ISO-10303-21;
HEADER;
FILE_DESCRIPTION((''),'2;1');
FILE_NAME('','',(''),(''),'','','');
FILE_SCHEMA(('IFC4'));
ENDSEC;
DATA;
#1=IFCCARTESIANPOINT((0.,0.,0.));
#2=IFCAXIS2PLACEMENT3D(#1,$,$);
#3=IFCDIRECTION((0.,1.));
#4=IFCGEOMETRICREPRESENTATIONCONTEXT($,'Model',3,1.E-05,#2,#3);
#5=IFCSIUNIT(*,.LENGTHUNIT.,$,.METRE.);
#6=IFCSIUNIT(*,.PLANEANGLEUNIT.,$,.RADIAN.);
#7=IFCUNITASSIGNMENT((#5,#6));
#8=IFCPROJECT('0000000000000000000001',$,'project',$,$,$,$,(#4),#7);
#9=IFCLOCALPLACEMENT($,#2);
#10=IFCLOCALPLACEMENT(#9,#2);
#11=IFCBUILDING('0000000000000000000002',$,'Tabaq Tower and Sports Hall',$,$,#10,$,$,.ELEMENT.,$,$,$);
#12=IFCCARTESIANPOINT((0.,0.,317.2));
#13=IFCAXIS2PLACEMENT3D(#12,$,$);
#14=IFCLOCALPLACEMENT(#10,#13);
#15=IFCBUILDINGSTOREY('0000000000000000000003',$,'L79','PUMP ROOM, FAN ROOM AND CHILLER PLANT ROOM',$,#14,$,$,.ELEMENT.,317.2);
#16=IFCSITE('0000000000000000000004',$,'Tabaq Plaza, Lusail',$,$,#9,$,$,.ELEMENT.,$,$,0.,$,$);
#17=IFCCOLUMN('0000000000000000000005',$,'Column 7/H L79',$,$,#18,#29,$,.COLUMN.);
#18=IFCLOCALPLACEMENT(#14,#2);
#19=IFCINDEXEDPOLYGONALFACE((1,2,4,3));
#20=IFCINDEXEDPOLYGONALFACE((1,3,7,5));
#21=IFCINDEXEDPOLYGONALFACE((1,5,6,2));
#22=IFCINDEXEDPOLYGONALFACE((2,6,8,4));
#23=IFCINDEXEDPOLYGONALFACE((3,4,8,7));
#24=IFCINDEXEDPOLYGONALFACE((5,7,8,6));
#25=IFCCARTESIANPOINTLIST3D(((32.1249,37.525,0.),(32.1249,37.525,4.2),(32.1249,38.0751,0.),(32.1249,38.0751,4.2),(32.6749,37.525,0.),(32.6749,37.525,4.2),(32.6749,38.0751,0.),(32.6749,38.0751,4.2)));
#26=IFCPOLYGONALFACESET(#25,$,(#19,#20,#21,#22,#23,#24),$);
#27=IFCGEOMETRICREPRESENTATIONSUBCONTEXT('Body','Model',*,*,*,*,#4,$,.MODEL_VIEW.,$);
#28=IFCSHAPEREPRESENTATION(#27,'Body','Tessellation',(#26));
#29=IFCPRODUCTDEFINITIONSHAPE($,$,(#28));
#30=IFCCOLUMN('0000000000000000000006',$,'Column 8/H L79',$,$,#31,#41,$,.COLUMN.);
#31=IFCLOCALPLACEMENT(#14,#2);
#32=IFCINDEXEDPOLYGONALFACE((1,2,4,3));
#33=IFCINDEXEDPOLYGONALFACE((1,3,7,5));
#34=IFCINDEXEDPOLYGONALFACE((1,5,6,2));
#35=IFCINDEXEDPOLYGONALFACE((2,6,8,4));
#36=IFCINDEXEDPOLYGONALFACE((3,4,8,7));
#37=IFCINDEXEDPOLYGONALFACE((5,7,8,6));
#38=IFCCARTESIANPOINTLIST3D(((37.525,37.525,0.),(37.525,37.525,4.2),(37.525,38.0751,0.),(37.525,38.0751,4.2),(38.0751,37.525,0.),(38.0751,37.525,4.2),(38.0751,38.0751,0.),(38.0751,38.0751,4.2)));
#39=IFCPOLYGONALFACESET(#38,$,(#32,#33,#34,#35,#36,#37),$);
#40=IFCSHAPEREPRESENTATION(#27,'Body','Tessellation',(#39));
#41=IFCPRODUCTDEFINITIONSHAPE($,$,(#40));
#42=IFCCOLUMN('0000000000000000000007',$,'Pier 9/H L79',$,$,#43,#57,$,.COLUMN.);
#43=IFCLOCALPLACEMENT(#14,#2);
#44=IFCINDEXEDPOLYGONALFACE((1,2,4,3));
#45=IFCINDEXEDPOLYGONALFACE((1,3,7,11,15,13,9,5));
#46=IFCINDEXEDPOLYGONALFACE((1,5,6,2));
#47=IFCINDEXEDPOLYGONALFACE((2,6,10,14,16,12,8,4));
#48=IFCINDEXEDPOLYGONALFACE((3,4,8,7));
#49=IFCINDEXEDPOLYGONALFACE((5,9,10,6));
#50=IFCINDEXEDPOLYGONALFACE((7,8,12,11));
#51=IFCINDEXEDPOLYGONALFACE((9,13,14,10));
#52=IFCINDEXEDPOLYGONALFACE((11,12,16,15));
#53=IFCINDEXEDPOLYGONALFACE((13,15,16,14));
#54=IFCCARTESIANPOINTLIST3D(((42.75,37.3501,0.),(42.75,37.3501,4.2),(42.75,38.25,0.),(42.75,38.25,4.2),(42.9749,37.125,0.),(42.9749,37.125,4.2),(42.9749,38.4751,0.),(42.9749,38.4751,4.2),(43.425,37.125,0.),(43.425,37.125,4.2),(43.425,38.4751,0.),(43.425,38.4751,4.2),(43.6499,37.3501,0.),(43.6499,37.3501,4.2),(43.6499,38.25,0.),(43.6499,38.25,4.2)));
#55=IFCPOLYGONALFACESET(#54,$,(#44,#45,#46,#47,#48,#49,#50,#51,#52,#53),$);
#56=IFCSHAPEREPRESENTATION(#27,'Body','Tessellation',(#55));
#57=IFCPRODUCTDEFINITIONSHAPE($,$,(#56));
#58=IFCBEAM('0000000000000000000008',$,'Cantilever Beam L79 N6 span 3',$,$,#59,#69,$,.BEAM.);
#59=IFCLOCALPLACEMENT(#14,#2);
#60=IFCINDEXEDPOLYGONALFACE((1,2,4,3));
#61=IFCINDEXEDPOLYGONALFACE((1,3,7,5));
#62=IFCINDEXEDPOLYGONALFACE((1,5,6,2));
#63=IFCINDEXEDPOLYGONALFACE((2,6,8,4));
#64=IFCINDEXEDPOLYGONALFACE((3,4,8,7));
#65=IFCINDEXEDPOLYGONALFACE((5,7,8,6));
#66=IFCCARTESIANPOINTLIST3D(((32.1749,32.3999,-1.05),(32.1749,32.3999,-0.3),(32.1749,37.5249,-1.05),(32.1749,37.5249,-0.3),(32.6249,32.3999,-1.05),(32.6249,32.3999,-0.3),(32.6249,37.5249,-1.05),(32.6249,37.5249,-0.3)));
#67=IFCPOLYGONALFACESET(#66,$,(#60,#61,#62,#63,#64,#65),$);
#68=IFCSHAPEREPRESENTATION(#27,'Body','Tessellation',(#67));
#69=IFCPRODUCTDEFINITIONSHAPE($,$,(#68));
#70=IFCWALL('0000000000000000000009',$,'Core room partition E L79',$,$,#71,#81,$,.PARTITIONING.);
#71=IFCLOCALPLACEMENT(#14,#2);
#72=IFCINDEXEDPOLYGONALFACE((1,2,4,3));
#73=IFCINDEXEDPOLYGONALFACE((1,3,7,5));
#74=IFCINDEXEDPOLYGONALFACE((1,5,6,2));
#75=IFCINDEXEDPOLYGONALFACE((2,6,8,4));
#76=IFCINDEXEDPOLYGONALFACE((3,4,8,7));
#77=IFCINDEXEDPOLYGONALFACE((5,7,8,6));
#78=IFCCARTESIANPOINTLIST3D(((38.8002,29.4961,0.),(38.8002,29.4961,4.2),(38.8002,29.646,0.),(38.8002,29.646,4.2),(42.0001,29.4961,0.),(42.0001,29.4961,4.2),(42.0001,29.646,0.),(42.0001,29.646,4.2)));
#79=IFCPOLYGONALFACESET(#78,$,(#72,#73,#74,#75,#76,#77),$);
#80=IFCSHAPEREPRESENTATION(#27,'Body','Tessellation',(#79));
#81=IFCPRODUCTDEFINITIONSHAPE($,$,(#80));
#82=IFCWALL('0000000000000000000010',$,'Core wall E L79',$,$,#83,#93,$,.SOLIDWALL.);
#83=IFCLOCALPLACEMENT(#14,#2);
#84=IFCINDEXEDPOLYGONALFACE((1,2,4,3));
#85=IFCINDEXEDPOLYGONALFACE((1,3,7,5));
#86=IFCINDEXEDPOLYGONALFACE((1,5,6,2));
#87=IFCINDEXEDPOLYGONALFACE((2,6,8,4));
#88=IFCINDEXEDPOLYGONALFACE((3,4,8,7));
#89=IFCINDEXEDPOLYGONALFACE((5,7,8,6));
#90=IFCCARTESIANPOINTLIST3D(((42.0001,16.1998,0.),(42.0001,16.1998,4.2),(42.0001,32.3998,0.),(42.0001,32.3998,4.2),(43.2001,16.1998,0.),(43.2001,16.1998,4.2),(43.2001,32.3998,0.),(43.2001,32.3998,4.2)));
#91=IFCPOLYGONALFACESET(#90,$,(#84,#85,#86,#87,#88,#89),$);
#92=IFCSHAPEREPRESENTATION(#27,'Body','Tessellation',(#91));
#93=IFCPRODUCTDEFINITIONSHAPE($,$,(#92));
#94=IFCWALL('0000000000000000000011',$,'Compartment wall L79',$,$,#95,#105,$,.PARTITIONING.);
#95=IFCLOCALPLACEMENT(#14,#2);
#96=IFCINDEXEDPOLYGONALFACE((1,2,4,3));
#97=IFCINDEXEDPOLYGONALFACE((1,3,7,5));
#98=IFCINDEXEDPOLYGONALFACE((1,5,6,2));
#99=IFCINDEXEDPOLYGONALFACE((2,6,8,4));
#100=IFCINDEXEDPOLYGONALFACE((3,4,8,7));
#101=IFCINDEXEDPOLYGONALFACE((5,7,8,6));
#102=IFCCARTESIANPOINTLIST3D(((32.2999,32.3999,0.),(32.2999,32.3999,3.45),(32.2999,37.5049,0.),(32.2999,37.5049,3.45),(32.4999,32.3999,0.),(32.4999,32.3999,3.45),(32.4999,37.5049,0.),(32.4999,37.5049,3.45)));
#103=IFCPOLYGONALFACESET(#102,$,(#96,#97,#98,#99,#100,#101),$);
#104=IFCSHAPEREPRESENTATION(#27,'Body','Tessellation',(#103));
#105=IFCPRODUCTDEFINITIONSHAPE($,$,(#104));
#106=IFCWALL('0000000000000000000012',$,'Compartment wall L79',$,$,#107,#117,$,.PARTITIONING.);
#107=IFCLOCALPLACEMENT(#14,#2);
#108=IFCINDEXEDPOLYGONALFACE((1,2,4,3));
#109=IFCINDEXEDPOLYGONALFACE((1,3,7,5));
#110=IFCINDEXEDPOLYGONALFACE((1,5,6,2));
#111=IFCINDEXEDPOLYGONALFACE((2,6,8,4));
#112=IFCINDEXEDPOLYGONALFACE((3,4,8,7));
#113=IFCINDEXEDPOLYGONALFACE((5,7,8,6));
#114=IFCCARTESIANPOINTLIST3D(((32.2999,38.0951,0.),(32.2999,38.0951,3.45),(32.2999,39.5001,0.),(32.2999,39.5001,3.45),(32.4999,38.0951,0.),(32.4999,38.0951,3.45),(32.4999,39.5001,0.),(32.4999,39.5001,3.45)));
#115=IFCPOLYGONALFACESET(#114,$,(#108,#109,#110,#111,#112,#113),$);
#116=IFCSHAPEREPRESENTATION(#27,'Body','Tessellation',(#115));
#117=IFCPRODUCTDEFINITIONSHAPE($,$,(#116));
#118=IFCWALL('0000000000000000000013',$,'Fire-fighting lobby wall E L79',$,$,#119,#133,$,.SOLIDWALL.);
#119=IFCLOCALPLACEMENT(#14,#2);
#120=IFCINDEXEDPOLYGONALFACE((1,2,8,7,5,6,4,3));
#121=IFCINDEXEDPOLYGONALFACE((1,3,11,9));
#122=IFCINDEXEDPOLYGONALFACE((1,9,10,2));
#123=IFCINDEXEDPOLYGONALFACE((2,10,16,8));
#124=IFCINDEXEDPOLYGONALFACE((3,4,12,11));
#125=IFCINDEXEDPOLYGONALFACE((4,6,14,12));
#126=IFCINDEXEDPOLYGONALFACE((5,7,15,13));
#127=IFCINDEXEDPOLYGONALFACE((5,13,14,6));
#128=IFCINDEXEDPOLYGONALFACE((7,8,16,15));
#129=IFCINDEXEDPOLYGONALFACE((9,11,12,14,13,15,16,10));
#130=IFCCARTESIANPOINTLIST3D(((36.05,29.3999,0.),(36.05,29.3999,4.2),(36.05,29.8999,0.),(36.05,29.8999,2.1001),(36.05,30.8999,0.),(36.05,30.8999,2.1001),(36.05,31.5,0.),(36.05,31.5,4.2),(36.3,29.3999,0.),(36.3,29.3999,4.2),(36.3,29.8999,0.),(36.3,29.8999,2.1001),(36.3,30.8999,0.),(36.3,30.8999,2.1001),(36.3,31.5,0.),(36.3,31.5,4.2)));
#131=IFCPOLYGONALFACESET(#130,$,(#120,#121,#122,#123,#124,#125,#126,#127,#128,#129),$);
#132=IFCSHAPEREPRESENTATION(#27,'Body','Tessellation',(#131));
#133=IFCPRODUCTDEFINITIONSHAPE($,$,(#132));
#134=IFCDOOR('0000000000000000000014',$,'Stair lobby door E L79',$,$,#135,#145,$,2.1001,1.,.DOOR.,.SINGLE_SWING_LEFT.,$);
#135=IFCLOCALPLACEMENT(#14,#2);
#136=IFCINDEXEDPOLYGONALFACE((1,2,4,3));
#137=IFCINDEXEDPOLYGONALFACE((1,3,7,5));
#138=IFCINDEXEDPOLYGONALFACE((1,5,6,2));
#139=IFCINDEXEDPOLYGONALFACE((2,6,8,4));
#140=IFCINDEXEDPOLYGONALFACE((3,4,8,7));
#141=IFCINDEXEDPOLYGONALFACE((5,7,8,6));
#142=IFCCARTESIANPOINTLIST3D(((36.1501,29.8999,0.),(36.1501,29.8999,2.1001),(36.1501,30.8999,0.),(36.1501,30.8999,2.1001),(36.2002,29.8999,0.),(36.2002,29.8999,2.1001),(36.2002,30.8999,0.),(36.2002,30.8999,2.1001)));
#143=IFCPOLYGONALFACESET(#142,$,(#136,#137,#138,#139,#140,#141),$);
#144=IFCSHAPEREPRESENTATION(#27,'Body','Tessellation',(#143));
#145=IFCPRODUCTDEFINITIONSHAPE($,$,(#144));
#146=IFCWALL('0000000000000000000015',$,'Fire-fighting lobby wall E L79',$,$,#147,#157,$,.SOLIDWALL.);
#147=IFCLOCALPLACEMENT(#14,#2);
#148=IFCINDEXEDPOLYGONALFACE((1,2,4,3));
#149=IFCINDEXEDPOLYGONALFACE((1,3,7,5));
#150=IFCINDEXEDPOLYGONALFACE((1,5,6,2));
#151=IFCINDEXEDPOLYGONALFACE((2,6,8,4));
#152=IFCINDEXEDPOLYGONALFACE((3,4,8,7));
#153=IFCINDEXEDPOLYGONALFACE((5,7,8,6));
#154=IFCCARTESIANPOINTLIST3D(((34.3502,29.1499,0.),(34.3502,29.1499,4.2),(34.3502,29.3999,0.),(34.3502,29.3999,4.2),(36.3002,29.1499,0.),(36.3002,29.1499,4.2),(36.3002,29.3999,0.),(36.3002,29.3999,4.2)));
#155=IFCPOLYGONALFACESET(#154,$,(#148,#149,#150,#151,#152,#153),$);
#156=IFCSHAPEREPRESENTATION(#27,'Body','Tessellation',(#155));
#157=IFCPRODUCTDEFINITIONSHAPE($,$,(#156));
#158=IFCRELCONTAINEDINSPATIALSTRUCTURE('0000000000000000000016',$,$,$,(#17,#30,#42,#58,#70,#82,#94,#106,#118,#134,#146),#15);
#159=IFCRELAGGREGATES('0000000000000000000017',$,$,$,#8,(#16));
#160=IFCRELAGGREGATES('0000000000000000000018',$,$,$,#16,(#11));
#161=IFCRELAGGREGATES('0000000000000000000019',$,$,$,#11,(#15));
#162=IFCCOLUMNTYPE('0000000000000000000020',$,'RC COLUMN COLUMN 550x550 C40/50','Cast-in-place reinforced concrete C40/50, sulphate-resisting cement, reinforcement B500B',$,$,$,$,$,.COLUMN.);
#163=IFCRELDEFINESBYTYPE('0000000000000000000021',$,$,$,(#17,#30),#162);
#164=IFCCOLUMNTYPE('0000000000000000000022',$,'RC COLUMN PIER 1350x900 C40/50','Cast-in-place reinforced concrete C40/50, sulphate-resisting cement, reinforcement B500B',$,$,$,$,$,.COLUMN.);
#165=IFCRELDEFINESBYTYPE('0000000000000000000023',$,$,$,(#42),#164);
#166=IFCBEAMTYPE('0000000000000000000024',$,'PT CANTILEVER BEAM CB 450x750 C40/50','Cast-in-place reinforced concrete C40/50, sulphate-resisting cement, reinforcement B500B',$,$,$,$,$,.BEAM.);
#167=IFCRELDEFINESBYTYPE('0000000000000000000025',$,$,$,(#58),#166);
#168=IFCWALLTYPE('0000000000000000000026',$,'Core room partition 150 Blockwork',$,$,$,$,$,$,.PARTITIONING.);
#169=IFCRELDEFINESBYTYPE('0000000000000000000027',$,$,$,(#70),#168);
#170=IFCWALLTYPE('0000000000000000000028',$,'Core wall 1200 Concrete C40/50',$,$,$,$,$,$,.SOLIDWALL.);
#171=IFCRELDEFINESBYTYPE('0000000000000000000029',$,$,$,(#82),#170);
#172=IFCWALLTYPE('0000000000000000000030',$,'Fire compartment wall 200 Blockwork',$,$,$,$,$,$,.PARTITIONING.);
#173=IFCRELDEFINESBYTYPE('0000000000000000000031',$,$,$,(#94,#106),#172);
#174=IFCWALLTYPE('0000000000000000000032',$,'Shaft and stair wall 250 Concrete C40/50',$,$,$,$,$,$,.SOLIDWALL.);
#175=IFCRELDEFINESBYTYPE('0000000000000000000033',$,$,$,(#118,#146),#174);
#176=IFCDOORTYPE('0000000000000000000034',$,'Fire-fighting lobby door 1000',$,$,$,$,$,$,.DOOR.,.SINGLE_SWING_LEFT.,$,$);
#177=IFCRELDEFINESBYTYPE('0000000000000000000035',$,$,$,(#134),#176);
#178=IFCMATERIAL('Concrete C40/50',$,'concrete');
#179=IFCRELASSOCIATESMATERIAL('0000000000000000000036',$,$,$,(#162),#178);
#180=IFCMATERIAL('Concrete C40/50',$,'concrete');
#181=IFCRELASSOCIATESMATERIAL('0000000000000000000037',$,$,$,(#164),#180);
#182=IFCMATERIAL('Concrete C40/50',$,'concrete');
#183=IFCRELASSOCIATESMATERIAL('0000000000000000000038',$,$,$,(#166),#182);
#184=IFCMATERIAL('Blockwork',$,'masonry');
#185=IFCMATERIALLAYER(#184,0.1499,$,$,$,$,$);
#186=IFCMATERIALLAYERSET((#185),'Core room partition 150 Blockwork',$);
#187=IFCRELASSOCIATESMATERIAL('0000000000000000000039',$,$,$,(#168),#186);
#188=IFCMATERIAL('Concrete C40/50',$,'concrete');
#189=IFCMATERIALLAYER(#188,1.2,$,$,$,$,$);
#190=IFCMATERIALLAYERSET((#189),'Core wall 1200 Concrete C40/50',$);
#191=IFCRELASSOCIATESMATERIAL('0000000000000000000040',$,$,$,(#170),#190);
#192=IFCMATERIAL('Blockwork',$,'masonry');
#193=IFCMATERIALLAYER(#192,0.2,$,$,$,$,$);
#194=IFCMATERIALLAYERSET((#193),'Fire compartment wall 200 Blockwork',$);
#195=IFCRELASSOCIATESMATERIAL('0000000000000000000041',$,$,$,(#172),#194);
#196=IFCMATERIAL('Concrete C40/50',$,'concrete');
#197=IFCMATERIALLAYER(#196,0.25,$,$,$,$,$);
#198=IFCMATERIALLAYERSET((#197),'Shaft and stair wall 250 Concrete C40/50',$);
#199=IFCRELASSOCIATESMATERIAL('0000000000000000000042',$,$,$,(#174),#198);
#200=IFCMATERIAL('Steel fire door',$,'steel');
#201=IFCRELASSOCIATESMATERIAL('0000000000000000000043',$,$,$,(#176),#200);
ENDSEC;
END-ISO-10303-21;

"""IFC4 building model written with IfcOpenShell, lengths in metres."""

from ifc_helpers import new_model, si_unit, direction, frame, frame_2d, origin, origin_2d, place, context, subcontext, project, spatial, polyline, rectangle, outline, extrude, material, layer, layer_set, material_profile, profile_set, type_object, element, fill, save


model = new_model("IFC4")

# Units and contexts
model_context = context("Model", 3, precision=1e-05, world=origin(), true_north=direction((0.0, 1.0)))
body_context = subcontext(model_context, "Body", "Model", "MODEL_VIEW")
ifc_project = project(units=[si_unit("LENGTHUNIT", "METRE"), si_unit("PLANEANGLEUNIT", "RADIAN")], contexts=[model_context])

# Site, building, storey
site_placement = place(None, origin())
site = spatial("IfcSite", under=ifc_project, at=site_placement, Name="Tabaq Plaza, Lusail", CompositionType="ELEMENT", RefElevation=0.0)
building_placement = place(site_placement, origin())
building = spatial("IfcBuilding", under=site, at=building_placement, Name="Tabaq Tower and Sports Hall", CompositionType="ELEMENT")
storey_placement = place(building_placement, frame((0.0, 0.0, 317.2)))
storey = spatial("IfcBuildingStorey", under=building, at=storey_placement, Name="L79", Description="PUMP ROOM, FAN ROOM AND CHILLER PLANT ROOM", CompositionType="ELEMENT", Elevation=317.2)

# Columns
ifc_material_1 = material(Name="Concrete C40/50", Category="concrete")
ifc_material_profile_1 = material_profile(ifc_material_1, rectangle(XDim=0.55, YDim=0.55, at=origin_2d()), Name="COLUMN 550x550")
ifc_profile_set_1 = profile_set([ifc_material_profile_1], Name="Concrete C40/50")
column_type_1 = type_object("IfcColumnType", Name="RC COLUMN COLUMN 550x550 C40/50", Description="Cast-in-place reinforced concrete C40/50, sulphate-resisting cement, reinforcement B500B", PredefinedType="COLUMN", material=ifc_profile_set_1)
for number, where, z_axis, x_axis, name in (
    (1, (32.3999, 37.8, 0.0), (0.0, 0.0, 1.0), (1.0, 0.0, 0.0), "Column 7/H L79"),
    (2, (37.8, 37.8, 0.0), (0.0, 0.0, 1.0), (1.0, 0.0, 0.0), "Column 8/H L79"),
):
    element("IfcColumn", number, at=place(storey_placement, frame(where, z_axis=z_axis, x_axis=x_axis)), inside=storey, type_object=column_type_1, Name=name, PredefinedType="COLUMN", context=body_context, shape_type="SweptSolid", body=[
        extrude(rectangle(XDim=0.55, YDim=0.55, at=origin_2d()), origin(), (0.0, 0.0, 1.0), 4.2),
    ])
ifc_material_2 = material(Name="Concrete C40/50", Category="concrete")
ifc_material_profile_2 = material_profile(ifc_material_2, outline(polyline([(-0.45, -0.45), (0.45, -0.45), (0.675, -0.2251), (0.675, 0.2251), (0.45, 0.45), (-0.45, 0.45), (-0.675, 0.2251), (-0.675, -0.2251), (-0.45, -0.45)])), Name="PIER 1350x900")
ifc_profile_set_2 = profile_set([ifc_material_profile_2], Name="Concrete C40/50")
column_type_2 = type_object("IfcColumnType", Name="RC COLUMN PIER 1350x900 C40/50", Description="Cast-in-place reinforced concrete C40/50, sulphate-resisting cement, reinforcement B500B", PredefinedType="COLUMN", material=ifc_profile_set_2)
column_placement = place(storey_placement, frame((43.2, 37.8, 0.0), z_axis=(0.0, 0.0, 1.0), x_axis=(0.0, 1.0, 0.0)))
element("IfcColumn", 3, at=column_placement, inside=storey, type_object=column_type_2, Name="Pier 9/H L79", PredefinedType="COLUMN", context=body_context, shape_type="SweptSolid", body=[
    extrude(outline(polyline([(-0.45, -0.45), (0.45, -0.45), (0.675, -0.2251), (0.675, 0.2251), (0.45, 0.45), (-0.45, 0.45), (-0.675, 0.2251), (-0.675, -0.2251), (-0.45, -0.45)])), origin(), (0.0, 0.0, 1.0), 4.2),
])

# Beam
ifc_material_3 = material(Name="Concrete C40/50", Category="concrete")
ifc_material_profile_3 = material_profile(ifc_material_3, rectangle(XDim=0.45, YDim=0.75, at=origin_2d()), Name="CB 450x750")
ifc_profile_set_3 = profile_set([ifc_material_profile_3], Name="Concrete C40/50")
beam_type = type_object("IfcBeamType", Name="PT CANTILEVER BEAM CB 450x750 C40/50", Description="Cast-in-place reinforced concrete C40/50, sulphate-resisting cement, reinforcement B500B", PredefinedType="BEAM", material=ifc_profile_set_3)
beam_placement = place(storey_placement, frame((32.3999, 37.5249, -0.675), z_axis=(0.0, -1.0, 0.0), x_axis=(1.0, 0.0, 0.0)))
element("IfcBeam", 4, at=beam_placement, inside=storey, type_object=beam_type, Name="Cantilever Beam L79 N6 span 3", PredefinedType="BEAM", context=body_context, shape_type="SweptSolid", body=[
    extrude(rectangle(XDim=0.45, YDim=0.75, at=origin_2d()), origin(), (0.0, 0.0, 1.0), 5.125),
])

# Walls
ifc_material_4 = material(Name="Blockwork", Category="masonry")
ifc_layer_1 = layer(ifc_material_4, 0.1499)
ifc_layer_set_1 = layer_set([ifc_layer_1], Name="Core room partition 150 Blockwork")
wall_type_1 = type_object("IfcWallType", Name="Core room partition 150 Blockwork", PredefinedType="PARTITIONING", material=ifc_layer_set_1)
wall_1_placement = place(storey_placement, frame((38.8, 29.571, 0.0), z_axis=(0.0, 0.0, 1.0), x_axis=(1.0, 0.0, 0.0)))
element("IfcWall", 5, at=wall_1_placement, inside=storey, type_object=wall_type_1, Name="Core room partition E L79", PredefinedType="PARTITIONING", context=body_context, shape_type="SweptSolid", body=[
    extrude(rectangle(XDim=3.2, YDim=0.1499, at=frame_2d((1.6001, 0.0))), origin(), (0.0, 0.0, 1.0), 4.2),
])
ifc_material_5 = material(Name="Concrete C40/50", Category="concrete")
ifc_layer_2 = layer(ifc_material_5, 1.2)
ifc_layer_set_2 = layer_set([ifc_layer_2], Name="Core wall 1200 Concrete C40/50")
wall_type_2 = type_object("IfcWallType", Name="Core wall 1200 Concrete C40/50", PredefinedType="SOLIDWALL", material=ifc_layer_set_2)
wall_2_placement = place(storey_placement, frame((42.6001, 32.3999, 0.0), z_axis=(0.0, 0.0, 1.0), x_axis=(0.0, -1.0, 0.0)))
element("IfcWall", 6, at=wall_2_placement, inside=storey, type_object=wall_type_2, Name="Core wall E L79", PredefinedType="SOLIDWALL", context=body_context, shape_type="SweptSolid", body=[
    extrude(rectangle(XDim=16.2, YDim=1.2, at=frame_2d((8.1001, 0.0))), origin(), (0.0, 0.0, 1.0), 4.2),
])
ifc_material_6 = material(Name="Blockwork", Category="masonry")
ifc_layer_3 = layer(ifc_material_6, 0.2)
ifc_layer_set_3 = layer_set([ifc_layer_3], Name="Fire compartment wall 200 Blockwork")
wall_type_3 = type_object("IfcWallType", Name="Fire compartment wall 200 Blockwork", PredefinedType="PARTITIONING", material=ifc_layer_set_3)
wall_3_placement = place(storey_placement, frame((32.3999, 32.3999, 0.0), z_axis=(0.0, 0.0, 1.0), x_axis=(0.0, 1.0, 0.0)))
element("IfcWall", 7, at=wall_3_placement, inside=storey, type_object=wall_type_3, Name="Compartment wall L79", PredefinedType="PARTITIONING", context=body_context, shape_type="SweptSolid", body=[
    extrude(rectangle(XDim=5.105, YDim=0.2, at=frame_2d((2.5525, 0.0))), origin(), (0.0, 0.0, 1.0), 3.45),
])
wall_4_placement = place(storey_placement, frame((32.3999, 38.095, 0.0), z_axis=(0.0, 0.0, 1.0), x_axis=(0.0, 1.0, 0.0)))
element("IfcWall", 8, at=wall_4_placement, inside=storey, type_object=wall_type_3, Name="Compartment wall L79", PredefinedType="PARTITIONING", context=body_context, shape_type="SweptSolid", body=[
    extrude(rectangle(XDim=1.405, YDim=0.2, at=frame_2d((0.7026, 0.0))), origin(), (0.0, 0.0, 1.0), 3.45),
])

# Wall, opening, door
ifc_material_7 = material(Name="Concrete C40/50", Category="concrete")
ifc_layer_4 = layer(ifc_material_7, 0.25)
ifc_layer_set_4 = layer_set([ifc_layer_4], Name="Shaft and stair wall 250 Concrete C40/50")
wall_type_4 = type_object("IfcWallType", Name="Shaft and stair wall 250 Concrete C40/50", PredefinedType="SOLIDWALL", material=ifc_layer_set_4)
wall_5_placement = place(storey_placement, frame((36.175, 29.3999, 0.0), z_axis=(0.0, 0.0, 1.0), x_axis=(0.0, 1.0, 0.0)))
wall_5 = element("IfcWall", 9, at=wall_5_placement, inside=storey, type_object=wall_type_4, Name="Fire-fighting lobby wall E L79", PredefinedType="SOLIDWALL", context=body_context, shape_type="SweptSolid", body=[
    extrude(rectangle(XDim=2.1001, YDim=0.25, at=frame_2d((1.05, 0.0))), origin(), (0.0, 0.0, 1.0), 4.2),
])
opening_1_placement = place(wall_5_placement, frame((0.5, 0.0, 0.0)))
opening_1 = element("IfcOpeningElement", 10, at=opening_1_placement, cuts=wall_5, PredefinedType="OPENING", context=body_context, shape_type="SweptSolid", body=[
    extrude(rectangle(XDim=1.0, YDim=2.1001, at=frame_2d((0.5, 1.05))), frame((0.0, 0.125, 0.0), z_axis=(0.0, -1.0, 0.0), x_axis=(1.0, 0.0, 0.0)), (0.0, 0.0, 1.0), 0.25),
])
ifc_material_8 = material(Name="Steel fire door", Category="steel")
door_type = type_object("IfcDoorType", Name="Fire-fighting lobby door 1000", OperationType="SINGLE_SWING_LEFT", PredefinedType="DOOR", material=ifc_material_8)
door_placement = place(opening_1_placement, origin())
door = element("IfcDoor", 11, at=door_placement, inside=storey, type_object=door_type, Name="Stair lobby door E L79", OperationType="SINGLE_SWING_LEFT", OverallHeight=2.1001, OverallWidth=1.0, PredefinedType="DOOR", context=body_context, shape_type="SweptSolid", body=[
    extrude(rectangle(XDim=1.0, YDim=2.1001, at=frame_2d((0.5, 1.05))), frame((0.0, 0.0249, 0.0), z_axis=(0.0, -1.0, 0.0), x_axis=(1.0, 0.0, 0.0)), (0.0, 0.0, 1.0), 0.05),
])
fill(opening_1, door)

# Wall
wall_6_placement = place(storey_placement, frame((34.3501, 29.2749, 0.0), z_axis=(0.0, 0.0, 1.0), x_axis=(1.0, 0.0, 0.0)))
element("IfcWall", 12, at=wall_6_placement, inside=storey, type_object=wall_type_4, Name="Fire-fighting lobby wall E L79", PredefinedType="SOLIDWALL", context=body_context, shape_type="SweptSolid", body=[
    extrude(rectangle(XDim=1.95, YDim=0.25, at=frame_2d((0.9751, 0.0))), origin(), (0.0, 0.0, 1.0), 4.2),
])

save(model, "model.ifc")
